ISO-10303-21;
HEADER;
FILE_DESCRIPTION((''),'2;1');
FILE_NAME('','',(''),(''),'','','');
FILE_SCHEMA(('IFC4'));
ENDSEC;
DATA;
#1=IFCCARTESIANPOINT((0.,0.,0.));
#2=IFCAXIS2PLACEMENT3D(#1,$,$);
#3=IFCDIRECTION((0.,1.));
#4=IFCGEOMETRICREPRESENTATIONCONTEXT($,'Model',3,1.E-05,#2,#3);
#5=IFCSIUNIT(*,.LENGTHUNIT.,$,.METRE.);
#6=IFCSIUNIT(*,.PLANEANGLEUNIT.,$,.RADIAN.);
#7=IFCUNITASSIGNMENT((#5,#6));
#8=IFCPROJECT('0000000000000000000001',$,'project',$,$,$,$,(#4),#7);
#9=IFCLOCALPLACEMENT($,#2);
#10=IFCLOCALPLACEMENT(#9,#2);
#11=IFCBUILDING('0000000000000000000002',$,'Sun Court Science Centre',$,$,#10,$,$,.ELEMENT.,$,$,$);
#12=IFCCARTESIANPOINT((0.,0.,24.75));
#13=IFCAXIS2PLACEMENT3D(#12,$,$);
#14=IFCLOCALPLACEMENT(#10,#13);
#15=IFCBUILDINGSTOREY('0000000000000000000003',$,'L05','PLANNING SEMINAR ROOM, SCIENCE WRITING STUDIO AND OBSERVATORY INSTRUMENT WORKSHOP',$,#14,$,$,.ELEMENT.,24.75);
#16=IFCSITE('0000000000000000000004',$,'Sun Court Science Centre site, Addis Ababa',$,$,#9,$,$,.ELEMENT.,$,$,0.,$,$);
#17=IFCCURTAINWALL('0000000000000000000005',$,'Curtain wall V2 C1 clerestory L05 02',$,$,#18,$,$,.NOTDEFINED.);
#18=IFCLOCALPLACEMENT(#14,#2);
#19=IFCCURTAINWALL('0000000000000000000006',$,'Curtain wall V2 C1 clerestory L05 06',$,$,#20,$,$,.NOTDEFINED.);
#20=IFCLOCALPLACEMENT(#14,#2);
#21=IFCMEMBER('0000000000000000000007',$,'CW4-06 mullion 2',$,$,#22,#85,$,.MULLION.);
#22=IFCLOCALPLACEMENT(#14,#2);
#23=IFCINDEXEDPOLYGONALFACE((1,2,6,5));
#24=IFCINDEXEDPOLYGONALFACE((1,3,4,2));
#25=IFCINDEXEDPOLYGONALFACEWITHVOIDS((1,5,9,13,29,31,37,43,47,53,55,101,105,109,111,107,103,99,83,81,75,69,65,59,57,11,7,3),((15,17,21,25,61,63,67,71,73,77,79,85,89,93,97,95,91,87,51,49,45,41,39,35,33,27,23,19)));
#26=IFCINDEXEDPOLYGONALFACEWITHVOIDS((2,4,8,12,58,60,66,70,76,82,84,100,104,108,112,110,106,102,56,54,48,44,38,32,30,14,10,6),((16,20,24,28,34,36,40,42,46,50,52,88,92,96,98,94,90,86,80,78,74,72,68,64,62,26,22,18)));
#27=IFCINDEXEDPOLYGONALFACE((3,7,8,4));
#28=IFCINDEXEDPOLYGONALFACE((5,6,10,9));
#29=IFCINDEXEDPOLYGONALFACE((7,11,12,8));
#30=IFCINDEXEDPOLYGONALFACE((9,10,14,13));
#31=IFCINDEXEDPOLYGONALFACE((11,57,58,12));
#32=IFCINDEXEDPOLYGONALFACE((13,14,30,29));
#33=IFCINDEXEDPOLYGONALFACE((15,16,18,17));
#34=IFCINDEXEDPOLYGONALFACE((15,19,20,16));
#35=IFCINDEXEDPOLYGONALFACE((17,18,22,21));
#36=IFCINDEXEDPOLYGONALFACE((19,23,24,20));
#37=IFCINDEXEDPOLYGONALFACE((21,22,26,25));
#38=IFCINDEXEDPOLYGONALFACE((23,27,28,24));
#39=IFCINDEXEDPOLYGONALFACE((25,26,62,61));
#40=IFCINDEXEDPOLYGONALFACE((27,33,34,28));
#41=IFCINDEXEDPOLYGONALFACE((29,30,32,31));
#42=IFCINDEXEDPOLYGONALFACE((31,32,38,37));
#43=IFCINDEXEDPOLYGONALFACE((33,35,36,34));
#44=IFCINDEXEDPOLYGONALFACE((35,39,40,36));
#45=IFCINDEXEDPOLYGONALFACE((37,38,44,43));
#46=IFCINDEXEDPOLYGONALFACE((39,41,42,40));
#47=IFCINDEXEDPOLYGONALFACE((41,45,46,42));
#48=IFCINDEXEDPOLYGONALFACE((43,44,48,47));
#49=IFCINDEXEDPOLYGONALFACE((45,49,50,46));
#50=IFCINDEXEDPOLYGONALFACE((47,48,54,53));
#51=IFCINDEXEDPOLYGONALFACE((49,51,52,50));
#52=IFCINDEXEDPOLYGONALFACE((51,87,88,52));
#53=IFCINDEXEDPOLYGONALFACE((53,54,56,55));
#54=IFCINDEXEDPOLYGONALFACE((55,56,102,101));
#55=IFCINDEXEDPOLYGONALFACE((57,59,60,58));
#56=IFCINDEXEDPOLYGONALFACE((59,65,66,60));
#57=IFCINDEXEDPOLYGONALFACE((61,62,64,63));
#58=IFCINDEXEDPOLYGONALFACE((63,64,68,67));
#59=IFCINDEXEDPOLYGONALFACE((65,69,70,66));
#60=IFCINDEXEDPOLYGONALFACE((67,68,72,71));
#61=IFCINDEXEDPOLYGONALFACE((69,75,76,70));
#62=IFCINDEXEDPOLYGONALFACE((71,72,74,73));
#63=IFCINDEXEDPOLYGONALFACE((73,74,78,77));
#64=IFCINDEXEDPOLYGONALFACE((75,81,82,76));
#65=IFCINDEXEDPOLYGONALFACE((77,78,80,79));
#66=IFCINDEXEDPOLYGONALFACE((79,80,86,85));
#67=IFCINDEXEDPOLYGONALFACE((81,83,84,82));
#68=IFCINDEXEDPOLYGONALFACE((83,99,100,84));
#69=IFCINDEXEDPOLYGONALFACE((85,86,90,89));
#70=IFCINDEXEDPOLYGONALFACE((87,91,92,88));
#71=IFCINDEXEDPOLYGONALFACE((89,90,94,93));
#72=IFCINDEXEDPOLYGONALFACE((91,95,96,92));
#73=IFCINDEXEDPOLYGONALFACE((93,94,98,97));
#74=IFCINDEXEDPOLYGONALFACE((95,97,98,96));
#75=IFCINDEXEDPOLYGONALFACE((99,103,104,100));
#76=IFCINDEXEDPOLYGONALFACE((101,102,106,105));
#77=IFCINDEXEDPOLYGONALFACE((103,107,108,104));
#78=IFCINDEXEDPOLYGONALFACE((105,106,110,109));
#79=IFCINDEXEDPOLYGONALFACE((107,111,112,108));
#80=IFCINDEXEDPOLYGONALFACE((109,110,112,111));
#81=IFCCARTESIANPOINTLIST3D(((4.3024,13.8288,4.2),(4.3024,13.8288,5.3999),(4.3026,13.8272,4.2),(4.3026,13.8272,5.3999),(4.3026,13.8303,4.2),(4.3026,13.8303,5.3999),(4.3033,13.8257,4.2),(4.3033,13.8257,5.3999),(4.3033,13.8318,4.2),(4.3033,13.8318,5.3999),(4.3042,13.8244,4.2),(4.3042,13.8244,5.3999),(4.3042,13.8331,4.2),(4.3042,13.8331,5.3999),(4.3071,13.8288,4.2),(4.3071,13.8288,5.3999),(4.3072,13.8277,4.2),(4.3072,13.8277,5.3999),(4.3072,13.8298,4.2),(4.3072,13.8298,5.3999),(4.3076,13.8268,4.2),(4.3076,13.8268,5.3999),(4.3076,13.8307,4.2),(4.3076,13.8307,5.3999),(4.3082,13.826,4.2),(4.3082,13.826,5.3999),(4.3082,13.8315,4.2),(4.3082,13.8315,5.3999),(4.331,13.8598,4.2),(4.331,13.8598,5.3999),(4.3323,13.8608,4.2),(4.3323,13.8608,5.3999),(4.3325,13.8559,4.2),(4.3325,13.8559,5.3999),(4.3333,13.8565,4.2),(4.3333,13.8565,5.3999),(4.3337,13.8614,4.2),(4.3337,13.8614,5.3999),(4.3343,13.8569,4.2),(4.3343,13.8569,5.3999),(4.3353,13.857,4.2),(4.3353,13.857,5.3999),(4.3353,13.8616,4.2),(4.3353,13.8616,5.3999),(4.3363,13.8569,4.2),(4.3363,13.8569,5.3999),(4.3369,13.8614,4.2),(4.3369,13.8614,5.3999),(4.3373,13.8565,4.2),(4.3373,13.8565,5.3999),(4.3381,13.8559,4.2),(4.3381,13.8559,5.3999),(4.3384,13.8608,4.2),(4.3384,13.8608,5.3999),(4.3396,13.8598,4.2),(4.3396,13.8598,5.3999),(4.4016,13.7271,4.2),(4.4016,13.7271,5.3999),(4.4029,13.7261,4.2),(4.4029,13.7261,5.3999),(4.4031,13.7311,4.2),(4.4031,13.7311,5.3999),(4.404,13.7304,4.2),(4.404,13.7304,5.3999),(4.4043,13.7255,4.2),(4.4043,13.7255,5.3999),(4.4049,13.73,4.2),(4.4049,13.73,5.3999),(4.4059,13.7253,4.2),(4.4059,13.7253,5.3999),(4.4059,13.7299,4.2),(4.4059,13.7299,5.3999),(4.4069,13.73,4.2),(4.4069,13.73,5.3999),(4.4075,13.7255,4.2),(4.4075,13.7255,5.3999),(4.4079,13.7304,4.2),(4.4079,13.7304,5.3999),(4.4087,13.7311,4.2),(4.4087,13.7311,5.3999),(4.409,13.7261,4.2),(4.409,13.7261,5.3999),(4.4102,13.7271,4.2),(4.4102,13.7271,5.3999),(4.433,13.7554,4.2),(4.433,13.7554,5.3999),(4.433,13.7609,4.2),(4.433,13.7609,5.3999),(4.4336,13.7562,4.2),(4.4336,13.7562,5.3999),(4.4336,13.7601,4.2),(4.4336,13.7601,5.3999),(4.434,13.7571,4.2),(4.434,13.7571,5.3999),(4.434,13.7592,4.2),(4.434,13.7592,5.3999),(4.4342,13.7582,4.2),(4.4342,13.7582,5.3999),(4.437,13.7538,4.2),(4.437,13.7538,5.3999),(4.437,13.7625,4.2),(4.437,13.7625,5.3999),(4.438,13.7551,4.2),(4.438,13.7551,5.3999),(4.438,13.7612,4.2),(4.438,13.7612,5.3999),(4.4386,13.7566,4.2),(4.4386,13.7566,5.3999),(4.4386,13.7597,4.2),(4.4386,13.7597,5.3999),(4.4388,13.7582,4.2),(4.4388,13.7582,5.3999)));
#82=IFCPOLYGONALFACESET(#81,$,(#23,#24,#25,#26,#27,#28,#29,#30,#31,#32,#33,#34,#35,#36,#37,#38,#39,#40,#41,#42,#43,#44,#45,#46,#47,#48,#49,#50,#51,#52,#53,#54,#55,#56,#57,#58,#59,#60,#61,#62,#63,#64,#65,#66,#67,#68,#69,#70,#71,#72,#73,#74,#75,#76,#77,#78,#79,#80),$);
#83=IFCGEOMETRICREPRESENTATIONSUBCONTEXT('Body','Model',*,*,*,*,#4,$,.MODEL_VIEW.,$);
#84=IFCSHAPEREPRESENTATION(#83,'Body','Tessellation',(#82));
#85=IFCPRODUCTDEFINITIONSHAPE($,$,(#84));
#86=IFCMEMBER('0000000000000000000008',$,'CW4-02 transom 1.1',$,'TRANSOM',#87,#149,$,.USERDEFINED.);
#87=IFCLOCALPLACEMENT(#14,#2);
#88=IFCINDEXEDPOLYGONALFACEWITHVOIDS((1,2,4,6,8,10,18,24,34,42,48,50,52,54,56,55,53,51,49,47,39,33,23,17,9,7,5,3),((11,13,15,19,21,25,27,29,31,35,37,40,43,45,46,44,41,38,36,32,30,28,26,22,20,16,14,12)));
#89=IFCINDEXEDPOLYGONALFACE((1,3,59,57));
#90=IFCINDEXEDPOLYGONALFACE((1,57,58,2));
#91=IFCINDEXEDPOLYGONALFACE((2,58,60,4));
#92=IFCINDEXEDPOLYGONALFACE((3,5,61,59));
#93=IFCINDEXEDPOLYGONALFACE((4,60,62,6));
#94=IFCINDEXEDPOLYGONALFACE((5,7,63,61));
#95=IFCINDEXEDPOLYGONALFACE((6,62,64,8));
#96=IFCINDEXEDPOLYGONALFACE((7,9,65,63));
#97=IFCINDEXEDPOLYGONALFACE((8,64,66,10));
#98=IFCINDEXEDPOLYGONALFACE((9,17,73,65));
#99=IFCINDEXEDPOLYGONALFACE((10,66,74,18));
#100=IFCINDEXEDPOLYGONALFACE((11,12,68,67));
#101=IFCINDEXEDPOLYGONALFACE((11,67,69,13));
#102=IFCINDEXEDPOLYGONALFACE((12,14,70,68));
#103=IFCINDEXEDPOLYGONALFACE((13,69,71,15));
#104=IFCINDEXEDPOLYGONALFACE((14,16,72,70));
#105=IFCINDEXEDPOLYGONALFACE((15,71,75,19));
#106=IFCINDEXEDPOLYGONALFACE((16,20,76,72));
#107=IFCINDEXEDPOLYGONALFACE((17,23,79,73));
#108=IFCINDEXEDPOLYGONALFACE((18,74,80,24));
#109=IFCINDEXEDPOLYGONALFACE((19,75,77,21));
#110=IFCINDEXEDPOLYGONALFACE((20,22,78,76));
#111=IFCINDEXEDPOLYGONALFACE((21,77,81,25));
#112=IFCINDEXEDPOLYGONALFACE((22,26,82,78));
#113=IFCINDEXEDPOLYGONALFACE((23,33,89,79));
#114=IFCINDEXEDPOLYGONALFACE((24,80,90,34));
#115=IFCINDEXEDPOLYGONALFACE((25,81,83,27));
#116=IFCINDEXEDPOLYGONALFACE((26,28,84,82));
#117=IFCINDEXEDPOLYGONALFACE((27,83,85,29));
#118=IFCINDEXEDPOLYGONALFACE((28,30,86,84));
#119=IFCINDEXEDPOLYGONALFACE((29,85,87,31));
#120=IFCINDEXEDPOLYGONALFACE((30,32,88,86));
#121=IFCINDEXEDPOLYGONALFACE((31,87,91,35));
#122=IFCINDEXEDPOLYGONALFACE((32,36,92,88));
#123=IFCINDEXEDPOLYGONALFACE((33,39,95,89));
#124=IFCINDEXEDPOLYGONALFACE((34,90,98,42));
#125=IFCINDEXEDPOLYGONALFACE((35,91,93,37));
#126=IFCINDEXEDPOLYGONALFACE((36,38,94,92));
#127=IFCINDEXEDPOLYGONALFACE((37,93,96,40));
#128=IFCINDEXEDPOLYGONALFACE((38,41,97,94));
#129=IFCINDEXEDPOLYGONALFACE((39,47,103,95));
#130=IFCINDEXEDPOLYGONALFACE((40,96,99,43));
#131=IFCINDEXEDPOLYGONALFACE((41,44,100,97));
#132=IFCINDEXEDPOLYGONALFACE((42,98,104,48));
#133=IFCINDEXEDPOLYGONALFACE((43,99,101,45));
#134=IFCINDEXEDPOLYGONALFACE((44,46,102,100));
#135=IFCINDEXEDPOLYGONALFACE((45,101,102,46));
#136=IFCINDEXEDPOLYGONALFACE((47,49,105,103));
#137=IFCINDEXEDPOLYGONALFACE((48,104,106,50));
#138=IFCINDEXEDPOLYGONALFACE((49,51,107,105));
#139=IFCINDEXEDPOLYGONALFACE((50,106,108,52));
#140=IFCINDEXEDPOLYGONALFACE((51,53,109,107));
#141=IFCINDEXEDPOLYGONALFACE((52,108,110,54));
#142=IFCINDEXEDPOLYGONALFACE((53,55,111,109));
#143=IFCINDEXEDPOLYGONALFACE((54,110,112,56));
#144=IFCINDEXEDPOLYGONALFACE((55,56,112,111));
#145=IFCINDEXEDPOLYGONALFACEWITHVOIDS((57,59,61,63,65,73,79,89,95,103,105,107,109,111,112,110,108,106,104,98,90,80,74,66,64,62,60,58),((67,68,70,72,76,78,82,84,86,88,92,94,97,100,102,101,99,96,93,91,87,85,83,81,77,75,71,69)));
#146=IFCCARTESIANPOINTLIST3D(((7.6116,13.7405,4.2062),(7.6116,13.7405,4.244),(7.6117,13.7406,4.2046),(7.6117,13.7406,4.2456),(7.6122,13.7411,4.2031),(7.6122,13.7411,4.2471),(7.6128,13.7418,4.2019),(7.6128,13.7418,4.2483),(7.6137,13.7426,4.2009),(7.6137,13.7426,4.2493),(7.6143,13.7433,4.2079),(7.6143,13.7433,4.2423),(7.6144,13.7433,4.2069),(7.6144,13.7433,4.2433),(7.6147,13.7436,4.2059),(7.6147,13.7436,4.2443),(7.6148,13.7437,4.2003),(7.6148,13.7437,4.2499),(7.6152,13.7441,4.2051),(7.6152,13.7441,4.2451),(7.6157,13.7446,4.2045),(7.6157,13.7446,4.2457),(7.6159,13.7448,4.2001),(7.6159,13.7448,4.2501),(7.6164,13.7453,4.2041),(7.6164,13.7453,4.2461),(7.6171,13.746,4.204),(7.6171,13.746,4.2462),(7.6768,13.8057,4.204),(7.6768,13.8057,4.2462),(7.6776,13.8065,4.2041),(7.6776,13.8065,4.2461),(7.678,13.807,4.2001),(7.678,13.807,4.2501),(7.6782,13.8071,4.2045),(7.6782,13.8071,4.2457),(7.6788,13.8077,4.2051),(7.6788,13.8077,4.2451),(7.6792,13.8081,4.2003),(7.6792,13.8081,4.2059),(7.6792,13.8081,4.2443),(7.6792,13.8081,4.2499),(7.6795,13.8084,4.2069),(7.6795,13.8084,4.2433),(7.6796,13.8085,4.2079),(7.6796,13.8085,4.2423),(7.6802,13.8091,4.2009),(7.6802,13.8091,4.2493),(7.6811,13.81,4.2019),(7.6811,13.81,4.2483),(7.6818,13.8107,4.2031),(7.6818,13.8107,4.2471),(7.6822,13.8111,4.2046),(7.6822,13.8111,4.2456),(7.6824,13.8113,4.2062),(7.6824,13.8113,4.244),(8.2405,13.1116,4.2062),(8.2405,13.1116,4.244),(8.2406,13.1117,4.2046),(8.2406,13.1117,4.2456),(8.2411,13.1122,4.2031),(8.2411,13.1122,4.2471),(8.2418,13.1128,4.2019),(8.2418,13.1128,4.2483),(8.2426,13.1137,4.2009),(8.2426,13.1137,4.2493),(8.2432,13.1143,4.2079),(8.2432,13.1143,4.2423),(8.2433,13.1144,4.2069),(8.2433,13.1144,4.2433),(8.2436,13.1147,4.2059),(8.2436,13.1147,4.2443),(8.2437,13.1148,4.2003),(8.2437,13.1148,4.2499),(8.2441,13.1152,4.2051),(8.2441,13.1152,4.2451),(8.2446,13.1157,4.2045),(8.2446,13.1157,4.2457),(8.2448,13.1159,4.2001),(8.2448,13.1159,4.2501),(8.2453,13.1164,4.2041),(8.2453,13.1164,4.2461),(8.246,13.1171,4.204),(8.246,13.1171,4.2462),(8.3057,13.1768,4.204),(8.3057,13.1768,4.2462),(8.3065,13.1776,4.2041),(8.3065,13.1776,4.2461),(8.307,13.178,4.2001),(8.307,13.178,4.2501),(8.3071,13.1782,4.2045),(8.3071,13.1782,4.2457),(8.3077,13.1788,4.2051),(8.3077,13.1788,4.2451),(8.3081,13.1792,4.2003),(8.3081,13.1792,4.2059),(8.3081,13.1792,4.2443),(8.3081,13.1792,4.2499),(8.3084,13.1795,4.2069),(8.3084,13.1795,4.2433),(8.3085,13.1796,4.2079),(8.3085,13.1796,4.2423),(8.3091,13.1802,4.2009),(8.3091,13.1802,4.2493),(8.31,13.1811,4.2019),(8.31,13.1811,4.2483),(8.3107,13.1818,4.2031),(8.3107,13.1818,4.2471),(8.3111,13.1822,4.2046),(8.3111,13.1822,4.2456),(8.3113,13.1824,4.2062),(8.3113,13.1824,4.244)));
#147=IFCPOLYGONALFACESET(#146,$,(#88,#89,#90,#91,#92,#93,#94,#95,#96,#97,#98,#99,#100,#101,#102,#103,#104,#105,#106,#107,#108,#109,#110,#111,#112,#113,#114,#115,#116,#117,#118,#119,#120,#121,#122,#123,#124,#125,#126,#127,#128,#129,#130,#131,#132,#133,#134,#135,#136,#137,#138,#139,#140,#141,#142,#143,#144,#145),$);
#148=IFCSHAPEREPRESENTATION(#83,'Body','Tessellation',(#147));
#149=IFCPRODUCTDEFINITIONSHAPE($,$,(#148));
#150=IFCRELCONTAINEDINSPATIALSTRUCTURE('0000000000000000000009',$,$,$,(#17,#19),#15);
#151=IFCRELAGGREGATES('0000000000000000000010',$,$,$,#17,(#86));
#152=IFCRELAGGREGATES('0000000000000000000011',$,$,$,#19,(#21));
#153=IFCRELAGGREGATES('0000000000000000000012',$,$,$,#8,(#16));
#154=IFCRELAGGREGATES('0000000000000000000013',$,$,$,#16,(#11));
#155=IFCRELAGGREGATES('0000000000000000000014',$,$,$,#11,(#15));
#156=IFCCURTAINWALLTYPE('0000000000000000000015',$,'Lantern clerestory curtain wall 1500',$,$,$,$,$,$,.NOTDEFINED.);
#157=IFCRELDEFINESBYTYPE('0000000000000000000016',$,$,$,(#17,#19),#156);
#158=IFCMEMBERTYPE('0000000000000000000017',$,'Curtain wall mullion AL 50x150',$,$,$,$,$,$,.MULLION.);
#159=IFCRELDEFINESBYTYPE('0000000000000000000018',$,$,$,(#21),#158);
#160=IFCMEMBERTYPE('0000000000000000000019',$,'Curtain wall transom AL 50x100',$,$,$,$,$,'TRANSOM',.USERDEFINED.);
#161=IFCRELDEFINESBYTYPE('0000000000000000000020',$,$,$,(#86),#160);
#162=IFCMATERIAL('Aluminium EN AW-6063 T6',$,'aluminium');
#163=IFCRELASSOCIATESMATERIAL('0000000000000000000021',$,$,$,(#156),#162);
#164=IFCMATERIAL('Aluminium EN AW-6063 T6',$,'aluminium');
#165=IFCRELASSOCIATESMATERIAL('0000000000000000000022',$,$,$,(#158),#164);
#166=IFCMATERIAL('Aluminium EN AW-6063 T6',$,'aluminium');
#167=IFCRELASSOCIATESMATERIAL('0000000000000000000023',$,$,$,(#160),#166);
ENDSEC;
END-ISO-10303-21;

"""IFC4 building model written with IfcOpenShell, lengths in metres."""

from ifc_helpers import new_model, si_unit, direction, frame, origin, origin_2d, place, context, subcontext, project, spatial, hollow_rectangle, extrude, material, material_profile, profile_set, type_object, element, aggregate, save


model = new_model("IFC4")

# Units and contexts
model_context = context("Model", 3, precision=1e-05, world=origin(), true_north=direction((0.0, 1.0)))
body_context = subcontext(model_context, "Body", "Model", "MODEL_VIEW")
ifc_project = project(units=[si_unit("LENGTHUNIT", "METRE"), si_unit("PLANEANGLEUNIT", "RADIAN")], contexts=[model_context])

# Site, building, storey
site_placement = place(None, origin())
site = spatial("IfcSite", under=ifc_project, at=site_placement, Name="Sun Court Science Centre site, Addis Ababa", CompositionType="ELEMENT", RefElevation=0.0)
building_placement = place(site_placement, origin())
building = spatial("IfcBuilding", under=site, at=building_placement, Name="Sun Court Science Centre", CompositionType="ELEMENT")
storey_placement = place(building_placement, frame((0.0, 0.0, 24.75)))
storey = spatial("IfcBuildingStorey", under=building, at=storey_placement, Name="L05", Description="PLANNING SEMINAR ROOM, SCIENCE WRITING STUDIO AND OBSERVATORY INSTRUMENT WORKSHOP", CompositionType="ELEMENT", Elevation=24.75)

# Curtain wall
ifc_material_1 = material(Name="Aluminium EN AW-6063 T6", Category="aluminium")
curtain_wall_type = type_object("IfcCurtainWallType", Name="Lantern clerestory curtain wall 1500", PredefinedType="NOTDEFINED", material=ifc_material_1)
curtain_wall_1_placement = place(storey_placement, origin())
curtain_wall_1 = element("IfcCurtainWall", 1, at=curtain_wall_1_placement, inside=storey, type_object=curtain_wall_type, Name="Curtain wall V2 C1 clerestory L05 02", PredefinedType="NOTDEFINED")
ifc_material_2 = material(Name="Aluminium EN AW-6063 T6", Category="aluminium")
ifc_material_profile_1 = material_profile(ifc_material_2, hollow_rectangle(XDim=0.05, YDim=0.1499, WallThickness=0.0039, InnerFilletRadius=0.0039, OuterFilletRadius=0.0061, at=origin_2d()), Name="AL 50x150x4")
ifc_profile_set_1 = profile_set([ifc_material_profile_1], Name="Aluminium EN AW-6063 T6")
member_type_1 = type_object("IfcMemberType", Name="Curtain wall mullion AL 50x150", PredefinedType="MULLION", material=ifc_profile_set_1)

# Curtain wall, member
curtain_wall_2_placement = place(storey_placement, origin())
curtain_wall_2 = element("IfcCurtainWall", 2, at=curtain_wall_2_placement, inside=storey, type_object=curtain_wall_type, Name="Curtain wall V2 C1 clerestory L05 06", PredefinedType="NOTDEFINED")
member_1_placement = place(storey_placement, frame((4.3706, 13.7935, 4.2), z_axis=(0.0, 0.0, 1.0), x_axis=(0.707107, 0.707107, 0.0)))
member_1 = element("IfcMember", 3, at=member_1_placement, type_object=member_type_1, Name="CW4-06 mullion 2", PredefinedType="MULLION", context=body_context, shape_type="SweptSolid", body=[
    extrude(hollow_rectangle(XDim=0.05, YDim=0.1499, WallThickness=0.0039, InnerFilletRadius=0.0039, OuterFilletRadius=0.0061, at=origin_2d()), origin(), (0.0, 0.0, 1.0), 1.2),
])

# Member
ifc_material_3 = material(Name="Aluminium EN AW-6063 T6", Category="aluminium")
ifc_material_profile_2 = material_profile(ifc_material_3, hollow_rectangle(XDim=0.05, YDim=0.1001, WallThickness=0.0039, InnerFilletRadius=0.0039, OuterFilletRadius=0.0061, at=origin_2d()), Name="AL 50x100x4")
ifc_profile_set_2 = profile_set([ifc_material_profile_2], Name="Aluminium EN AW-6063 T6")
member_type_2 = type_object("IfcMemberType", Name="Curtain wall transom AL 50x100", ElementType="TRANSOM", PredefinedType="USERDEFINED", material=ifc_profile_set_2)
member_2_placement = place(storey_placement, frame((7.647, 13.7759, 4.2251), z_axis=(0.707107, -0.707107, 0.0), x_axis=(0.0, 0.0, 1.0)))
member_2 = element("IfcMember", 4, at=member_2_placement, type_object=member_type_2, Name="CW4-02 transom 1.1", ObjectType="TRANSOM", PredefinedType="USERDEFINED", context=body_context, shape_type="SweptSolid", body=[
    extrude(hollow_rectangle(XDim=0.05, YDim=0.1001, WallThickness=0.0039, InnerFilletRadius=0.0039, OuterFilletRadius=0.0061, at=origin_2d()), origin(), (0.0, 0.0, 1.0), 0.8894),
])
aggregate(curtain_wall_1, [member_2])

aggregate(curtain_wall_2, [member_1])

save(model, "model.ifc")
